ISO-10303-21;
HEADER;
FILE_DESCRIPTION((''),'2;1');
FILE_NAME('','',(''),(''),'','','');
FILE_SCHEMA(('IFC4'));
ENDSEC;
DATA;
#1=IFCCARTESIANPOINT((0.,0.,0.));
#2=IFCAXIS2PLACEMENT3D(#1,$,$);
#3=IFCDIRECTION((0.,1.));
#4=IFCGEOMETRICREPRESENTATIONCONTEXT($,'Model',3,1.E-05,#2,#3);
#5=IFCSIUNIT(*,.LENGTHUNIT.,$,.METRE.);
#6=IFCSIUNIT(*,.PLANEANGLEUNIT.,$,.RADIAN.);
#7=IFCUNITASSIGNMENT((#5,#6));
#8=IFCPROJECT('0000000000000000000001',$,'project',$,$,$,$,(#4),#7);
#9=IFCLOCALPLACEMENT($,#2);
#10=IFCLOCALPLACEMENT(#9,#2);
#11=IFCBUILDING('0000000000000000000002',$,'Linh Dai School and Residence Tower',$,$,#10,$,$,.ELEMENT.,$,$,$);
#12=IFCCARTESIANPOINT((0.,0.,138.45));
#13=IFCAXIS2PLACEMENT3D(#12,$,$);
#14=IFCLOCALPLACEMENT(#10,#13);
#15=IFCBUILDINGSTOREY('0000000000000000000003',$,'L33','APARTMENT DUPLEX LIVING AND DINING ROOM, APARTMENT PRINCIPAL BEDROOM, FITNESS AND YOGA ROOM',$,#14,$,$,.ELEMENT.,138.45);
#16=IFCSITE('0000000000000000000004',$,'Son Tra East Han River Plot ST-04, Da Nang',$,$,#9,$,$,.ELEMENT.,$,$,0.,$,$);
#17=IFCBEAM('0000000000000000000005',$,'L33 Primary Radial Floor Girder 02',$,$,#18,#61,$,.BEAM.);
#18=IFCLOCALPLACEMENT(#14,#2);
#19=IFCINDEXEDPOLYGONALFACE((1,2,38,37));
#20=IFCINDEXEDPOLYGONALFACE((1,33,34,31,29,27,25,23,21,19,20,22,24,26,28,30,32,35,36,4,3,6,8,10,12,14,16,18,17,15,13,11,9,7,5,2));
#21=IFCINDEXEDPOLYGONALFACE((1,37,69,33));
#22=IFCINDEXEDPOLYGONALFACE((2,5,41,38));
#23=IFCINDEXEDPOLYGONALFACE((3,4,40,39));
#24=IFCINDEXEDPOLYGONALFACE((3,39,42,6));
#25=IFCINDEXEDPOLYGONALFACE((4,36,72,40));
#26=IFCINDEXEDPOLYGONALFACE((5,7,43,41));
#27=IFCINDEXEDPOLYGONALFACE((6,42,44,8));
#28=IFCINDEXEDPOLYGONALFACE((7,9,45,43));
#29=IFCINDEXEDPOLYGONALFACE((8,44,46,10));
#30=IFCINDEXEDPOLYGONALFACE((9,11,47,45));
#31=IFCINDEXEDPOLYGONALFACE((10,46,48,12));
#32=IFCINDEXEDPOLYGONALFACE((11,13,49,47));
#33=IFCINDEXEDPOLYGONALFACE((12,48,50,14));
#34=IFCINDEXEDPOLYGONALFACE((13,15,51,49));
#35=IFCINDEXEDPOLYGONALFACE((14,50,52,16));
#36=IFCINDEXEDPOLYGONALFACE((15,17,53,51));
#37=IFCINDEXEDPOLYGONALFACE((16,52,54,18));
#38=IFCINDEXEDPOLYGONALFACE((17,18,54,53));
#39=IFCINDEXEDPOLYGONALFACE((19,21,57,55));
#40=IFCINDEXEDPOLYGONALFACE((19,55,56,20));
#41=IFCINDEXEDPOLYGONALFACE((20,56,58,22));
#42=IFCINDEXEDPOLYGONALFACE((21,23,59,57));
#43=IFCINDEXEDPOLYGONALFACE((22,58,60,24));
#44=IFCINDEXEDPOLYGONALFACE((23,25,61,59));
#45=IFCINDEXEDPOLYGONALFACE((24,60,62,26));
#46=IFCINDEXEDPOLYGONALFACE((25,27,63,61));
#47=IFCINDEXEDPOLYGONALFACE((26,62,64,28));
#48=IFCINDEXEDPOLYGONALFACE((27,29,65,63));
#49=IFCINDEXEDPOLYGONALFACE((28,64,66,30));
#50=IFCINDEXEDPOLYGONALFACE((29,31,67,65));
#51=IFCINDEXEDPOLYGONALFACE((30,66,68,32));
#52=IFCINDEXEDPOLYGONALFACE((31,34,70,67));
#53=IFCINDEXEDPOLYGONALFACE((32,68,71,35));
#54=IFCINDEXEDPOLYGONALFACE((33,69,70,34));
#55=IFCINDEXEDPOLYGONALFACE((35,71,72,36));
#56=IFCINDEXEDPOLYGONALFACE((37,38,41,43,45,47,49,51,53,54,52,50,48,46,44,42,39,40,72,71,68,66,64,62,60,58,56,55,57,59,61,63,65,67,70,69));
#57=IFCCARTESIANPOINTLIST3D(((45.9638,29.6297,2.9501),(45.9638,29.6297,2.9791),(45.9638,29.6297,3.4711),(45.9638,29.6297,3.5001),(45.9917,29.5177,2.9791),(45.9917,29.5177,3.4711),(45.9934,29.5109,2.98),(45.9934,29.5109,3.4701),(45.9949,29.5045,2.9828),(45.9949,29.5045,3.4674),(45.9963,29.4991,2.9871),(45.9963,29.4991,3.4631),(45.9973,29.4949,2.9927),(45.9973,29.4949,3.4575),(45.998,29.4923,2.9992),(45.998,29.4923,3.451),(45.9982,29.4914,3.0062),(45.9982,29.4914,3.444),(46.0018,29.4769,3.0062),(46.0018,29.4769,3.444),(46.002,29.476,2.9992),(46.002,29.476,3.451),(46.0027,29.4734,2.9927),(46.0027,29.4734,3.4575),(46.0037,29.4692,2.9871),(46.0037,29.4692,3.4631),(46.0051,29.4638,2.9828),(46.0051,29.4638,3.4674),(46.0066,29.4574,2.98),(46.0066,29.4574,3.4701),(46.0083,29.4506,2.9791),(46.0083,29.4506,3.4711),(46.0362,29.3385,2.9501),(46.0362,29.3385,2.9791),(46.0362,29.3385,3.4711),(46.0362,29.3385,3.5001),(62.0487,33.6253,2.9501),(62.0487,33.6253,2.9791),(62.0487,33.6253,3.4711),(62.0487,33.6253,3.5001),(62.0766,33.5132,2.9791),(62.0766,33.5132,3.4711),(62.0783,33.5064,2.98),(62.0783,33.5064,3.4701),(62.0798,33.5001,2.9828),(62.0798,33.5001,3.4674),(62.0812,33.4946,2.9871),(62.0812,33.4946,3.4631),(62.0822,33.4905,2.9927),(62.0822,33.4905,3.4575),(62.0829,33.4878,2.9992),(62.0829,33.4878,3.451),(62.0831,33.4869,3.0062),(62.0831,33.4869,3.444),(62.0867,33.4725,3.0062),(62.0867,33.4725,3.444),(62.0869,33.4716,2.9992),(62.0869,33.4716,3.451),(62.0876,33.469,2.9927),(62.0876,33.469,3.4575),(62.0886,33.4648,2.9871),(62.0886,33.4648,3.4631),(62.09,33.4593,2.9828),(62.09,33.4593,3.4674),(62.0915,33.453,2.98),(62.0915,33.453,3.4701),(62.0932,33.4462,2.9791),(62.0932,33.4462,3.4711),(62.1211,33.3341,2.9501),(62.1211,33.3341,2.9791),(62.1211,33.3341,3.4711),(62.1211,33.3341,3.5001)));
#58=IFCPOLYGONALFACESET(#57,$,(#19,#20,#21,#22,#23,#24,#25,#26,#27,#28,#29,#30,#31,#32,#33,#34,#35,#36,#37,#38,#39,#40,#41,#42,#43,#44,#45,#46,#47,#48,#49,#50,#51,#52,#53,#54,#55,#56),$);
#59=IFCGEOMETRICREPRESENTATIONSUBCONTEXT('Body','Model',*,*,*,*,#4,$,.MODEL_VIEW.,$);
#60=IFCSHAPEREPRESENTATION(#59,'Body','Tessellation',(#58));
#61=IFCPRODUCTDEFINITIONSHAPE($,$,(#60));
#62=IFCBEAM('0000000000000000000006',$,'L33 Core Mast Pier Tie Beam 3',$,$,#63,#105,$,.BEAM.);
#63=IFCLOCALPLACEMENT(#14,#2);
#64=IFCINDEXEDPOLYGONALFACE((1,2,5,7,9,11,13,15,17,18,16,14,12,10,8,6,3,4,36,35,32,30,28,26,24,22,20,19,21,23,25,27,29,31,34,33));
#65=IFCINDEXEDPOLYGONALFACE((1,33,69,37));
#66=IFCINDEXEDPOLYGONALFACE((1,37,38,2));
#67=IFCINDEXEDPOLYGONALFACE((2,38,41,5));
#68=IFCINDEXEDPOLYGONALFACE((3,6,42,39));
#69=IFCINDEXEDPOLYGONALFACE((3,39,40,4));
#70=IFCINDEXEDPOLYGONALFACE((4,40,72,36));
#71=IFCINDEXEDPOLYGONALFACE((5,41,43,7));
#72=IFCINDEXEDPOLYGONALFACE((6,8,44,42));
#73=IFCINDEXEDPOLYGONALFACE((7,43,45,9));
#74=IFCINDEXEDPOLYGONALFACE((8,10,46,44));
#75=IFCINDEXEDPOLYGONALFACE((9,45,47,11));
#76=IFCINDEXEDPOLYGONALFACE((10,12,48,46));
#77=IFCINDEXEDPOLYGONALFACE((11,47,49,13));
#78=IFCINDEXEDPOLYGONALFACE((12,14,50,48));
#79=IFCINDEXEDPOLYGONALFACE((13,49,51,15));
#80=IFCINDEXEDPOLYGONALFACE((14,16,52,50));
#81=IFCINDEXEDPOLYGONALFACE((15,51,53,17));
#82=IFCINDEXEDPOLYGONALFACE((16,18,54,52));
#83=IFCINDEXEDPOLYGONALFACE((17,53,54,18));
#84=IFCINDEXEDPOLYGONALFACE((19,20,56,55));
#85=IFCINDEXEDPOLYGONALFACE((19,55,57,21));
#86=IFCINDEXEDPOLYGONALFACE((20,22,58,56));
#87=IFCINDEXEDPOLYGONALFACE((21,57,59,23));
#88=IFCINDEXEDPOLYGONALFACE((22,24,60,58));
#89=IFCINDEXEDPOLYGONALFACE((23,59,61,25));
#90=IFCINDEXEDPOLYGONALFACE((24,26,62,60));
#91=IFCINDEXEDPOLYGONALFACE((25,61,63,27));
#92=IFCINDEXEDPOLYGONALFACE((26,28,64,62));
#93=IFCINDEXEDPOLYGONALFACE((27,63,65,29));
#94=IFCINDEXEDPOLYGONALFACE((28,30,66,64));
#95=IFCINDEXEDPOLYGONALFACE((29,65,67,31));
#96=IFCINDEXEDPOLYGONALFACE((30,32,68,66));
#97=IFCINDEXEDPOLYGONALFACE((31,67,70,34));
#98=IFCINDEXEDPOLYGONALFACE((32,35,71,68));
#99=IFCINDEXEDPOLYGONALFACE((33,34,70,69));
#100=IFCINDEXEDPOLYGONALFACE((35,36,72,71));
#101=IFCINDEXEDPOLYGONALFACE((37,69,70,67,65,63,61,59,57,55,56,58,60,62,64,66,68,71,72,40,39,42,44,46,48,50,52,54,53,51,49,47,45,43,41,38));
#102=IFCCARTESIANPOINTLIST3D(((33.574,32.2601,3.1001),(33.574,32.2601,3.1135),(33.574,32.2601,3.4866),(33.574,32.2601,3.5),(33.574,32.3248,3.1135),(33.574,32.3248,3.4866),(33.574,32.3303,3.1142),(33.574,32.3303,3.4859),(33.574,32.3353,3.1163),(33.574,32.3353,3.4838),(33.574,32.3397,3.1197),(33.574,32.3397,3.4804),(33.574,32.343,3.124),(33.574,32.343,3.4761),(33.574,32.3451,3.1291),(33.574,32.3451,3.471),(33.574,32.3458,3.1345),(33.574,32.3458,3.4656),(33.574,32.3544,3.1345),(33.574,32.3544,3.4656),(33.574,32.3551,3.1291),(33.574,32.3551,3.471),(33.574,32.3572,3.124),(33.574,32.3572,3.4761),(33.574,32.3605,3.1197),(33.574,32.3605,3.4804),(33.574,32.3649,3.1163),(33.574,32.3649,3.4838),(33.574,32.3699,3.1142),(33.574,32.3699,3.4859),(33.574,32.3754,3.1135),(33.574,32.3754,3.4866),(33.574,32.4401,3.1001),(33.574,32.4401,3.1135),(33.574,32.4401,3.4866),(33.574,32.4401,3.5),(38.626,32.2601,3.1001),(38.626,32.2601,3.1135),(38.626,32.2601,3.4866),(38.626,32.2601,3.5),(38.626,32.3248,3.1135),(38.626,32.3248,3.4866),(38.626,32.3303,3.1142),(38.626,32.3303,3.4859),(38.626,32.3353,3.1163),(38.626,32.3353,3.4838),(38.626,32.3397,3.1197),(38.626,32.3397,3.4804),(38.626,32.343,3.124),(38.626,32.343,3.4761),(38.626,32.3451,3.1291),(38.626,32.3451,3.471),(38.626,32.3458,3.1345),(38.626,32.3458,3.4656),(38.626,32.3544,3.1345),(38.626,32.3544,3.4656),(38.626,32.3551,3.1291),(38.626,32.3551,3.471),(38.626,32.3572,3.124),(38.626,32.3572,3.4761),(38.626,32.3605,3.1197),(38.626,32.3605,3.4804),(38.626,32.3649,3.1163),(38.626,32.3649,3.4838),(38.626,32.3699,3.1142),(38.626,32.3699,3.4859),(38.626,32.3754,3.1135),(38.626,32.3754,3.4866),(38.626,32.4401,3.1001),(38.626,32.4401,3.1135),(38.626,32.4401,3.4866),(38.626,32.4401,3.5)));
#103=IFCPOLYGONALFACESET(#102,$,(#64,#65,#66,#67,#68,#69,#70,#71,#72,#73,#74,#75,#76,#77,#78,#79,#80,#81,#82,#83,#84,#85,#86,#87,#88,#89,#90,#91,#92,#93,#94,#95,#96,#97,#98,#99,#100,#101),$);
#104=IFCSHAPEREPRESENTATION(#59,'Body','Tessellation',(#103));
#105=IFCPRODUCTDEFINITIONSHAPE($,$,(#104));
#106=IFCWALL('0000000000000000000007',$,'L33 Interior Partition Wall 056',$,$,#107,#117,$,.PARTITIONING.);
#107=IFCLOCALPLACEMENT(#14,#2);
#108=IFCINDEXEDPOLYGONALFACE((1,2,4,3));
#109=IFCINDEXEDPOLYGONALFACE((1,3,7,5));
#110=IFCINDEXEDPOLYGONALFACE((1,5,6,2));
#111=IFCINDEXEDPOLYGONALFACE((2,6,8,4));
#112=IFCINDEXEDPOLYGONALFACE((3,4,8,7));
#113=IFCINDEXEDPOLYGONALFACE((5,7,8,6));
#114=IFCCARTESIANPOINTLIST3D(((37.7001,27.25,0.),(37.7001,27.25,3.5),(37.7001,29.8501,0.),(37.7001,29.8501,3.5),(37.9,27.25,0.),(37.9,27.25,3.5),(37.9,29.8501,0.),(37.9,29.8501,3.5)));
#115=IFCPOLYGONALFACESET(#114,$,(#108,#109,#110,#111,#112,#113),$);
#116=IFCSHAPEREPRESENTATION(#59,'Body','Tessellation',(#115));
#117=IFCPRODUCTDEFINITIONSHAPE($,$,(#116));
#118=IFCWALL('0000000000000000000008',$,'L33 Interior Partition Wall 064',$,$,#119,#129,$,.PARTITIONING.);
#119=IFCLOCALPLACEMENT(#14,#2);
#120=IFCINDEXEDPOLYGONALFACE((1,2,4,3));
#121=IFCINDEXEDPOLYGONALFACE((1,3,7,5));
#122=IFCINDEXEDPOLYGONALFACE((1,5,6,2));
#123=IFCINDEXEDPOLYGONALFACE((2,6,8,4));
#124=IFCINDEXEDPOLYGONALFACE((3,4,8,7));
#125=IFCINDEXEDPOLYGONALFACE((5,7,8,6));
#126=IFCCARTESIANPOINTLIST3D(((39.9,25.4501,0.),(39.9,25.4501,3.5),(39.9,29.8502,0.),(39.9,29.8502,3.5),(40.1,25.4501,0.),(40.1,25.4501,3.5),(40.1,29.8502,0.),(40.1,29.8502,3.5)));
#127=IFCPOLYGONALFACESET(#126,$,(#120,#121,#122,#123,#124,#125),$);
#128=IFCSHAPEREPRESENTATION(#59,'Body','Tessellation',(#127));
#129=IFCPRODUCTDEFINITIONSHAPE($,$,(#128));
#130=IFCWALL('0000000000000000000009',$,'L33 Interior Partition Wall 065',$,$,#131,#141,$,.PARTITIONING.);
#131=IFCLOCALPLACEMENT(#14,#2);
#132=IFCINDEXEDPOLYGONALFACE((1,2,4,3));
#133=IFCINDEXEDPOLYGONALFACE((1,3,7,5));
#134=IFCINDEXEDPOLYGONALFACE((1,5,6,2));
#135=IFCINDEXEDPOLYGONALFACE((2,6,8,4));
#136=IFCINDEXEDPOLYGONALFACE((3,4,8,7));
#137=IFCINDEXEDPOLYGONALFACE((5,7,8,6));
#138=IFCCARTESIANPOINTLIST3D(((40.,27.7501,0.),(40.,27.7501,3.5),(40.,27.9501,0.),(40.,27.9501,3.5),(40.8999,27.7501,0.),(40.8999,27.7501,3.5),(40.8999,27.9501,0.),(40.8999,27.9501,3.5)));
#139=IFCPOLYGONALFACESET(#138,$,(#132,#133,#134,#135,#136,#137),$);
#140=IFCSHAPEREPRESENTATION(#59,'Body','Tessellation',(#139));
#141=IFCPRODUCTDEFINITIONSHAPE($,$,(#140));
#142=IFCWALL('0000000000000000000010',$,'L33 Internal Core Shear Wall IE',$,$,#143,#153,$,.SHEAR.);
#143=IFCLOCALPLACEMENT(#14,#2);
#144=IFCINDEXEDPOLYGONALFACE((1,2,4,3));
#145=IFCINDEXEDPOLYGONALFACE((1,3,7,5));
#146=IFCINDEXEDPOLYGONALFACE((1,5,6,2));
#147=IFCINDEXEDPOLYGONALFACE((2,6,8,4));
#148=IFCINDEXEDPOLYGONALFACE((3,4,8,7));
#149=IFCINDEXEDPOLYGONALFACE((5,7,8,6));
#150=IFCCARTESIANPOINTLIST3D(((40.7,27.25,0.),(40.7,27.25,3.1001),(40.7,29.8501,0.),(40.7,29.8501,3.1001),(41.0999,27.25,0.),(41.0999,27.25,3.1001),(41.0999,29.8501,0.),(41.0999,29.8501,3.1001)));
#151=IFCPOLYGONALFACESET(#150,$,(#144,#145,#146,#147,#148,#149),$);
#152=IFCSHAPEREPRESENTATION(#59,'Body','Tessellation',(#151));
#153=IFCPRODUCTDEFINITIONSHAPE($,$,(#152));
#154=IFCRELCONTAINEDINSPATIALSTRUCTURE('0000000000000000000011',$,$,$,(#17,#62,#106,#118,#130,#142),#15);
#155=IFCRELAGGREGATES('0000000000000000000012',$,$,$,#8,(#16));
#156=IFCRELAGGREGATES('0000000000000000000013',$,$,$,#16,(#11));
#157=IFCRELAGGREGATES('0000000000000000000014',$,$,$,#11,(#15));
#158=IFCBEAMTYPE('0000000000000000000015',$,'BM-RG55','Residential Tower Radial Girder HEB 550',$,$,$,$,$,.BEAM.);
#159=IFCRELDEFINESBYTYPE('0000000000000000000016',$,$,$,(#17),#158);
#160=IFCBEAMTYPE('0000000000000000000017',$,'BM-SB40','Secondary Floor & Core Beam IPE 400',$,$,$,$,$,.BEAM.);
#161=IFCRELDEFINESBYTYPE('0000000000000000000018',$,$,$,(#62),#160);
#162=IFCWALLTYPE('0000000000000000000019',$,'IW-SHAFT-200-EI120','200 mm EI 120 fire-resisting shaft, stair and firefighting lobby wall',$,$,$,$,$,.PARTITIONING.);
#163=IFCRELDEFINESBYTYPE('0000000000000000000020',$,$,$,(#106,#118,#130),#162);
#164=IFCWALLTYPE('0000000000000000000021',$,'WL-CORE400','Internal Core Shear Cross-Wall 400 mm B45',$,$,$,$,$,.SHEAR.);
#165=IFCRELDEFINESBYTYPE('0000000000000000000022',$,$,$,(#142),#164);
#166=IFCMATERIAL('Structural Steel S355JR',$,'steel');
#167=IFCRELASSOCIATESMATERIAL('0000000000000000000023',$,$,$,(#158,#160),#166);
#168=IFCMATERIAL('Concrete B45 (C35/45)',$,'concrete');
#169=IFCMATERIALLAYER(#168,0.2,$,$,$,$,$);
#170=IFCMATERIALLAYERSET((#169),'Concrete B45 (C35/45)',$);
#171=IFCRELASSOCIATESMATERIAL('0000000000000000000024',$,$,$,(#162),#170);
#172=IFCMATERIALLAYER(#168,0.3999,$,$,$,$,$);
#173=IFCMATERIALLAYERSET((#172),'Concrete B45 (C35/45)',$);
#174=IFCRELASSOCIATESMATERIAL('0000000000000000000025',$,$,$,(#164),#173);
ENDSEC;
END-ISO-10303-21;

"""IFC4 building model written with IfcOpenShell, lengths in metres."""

from ifc_helpers import new_model, si_unit, direction, frame, frame_2d, origin, origin_2d, place, context, subcontext, project, spatial, rectangle, i_section, extrude, material, layer, layer_set, material_profile, profile_set, type_object, element, save


model = new_model("IFC4")

# Units and contexts
model_context = context("Model", 3, precision=1e-05, world=origin(), true_north=direction((0.0, 1.0)))
body_context = subcontext(model_context, "Body", "Model", "MODEL_VIEW")
ifc_project = project(units=[si_unit("LENGTHUNIT", "METRE"), si_unit("PLANEANGLEUNIT", "RADIAN")], contexts=[model_context])

# Site, building, storey
site_placement = place(None, origin())
site = spatial("IfcSite", under=ifc_project, at=site_placement, Name="Son Tra East Han River Plot ST-04, Da Nang", CompositionType="ELEMENT", RefElevation=0.0)
building_placement = place(site_placement, origin())
building = spatial("IfcBuilding", under=site, at=building_placement, Name="Linh Dai School and Residence Tower", CompositionType="ELEMENT")
storey_placement = place(building_placement, frame((0.0, 0.0, 138.45)))
storey = spatial("IfcBuildingStorey", under=building, at=storey_placement, Name="L33", Description="APARTMENT DUPLEX LIVING AND DINING ROOM, APARTMENT PRINCIPAL BEDROOM, FITNESS AND YOGA ROOM", CompositionType="ELEMENT", Elevation=138.45)

# Shared definitions
ifc_material_1 = material(Name="Structural Steel S355JR", Category="steel")

# Beams
ifc_material_profile_1 = material_profile(ifc_material_1, i_section(OverallWidth=0.3, OverallDepth=0.55, WebThickness=0.0149, FlangeThickness=0.0291, FilletRadius=0.0271, at=origin_2d()), Name="HEB 550")
ifc_profile_set_1 = profile_set([ifc_material_profile_1], Name="Structural Steel S355JR")
beam_type_1 = type_object("IfcBeamType", Name="BM-RG55", Description="Residential Tower Radial Girder HEB 550", PredefinedType="BEAM", material=ifc_profile_set_1)
beam_1_placement = place(storey_placement, frame((46.0, 29.4841, 3.2251), z_axis=(0.970505, 0.24108, 0.0), x_axis=(-0.24108, 0.970505, 0.0)))
element("IfcBeam", 1, at=beam_1_placement, inside=storey, type_object=beam_type_1, Name="L33 Primary Radial Floor Girder 02", PredefinedType="BEAM", context=body_context, shape_type="SweptSolid", body=[
    extrude(i_section(OverallWidth=0.3, OverallDepth=0.55, WebThickness=0.0149, FlangeThickness=0.0291, FilletRadius=0.0271, at=origin_2d()), origin(), (0.0, 0.0, 1.0), 16.5737),
])
ifc_material_profile_2 = material_profile(ifc_material_1, i_section(OverallWidth=0.1799, OverallDepth=0.3999, WebThickness=0.0085, FlangeThickness=0.0134, FilletRadius=0.021, at=origin_2d()), Name="IPE 400")
ifc_profile_set_2 = profile_set([ifc_material_profile_2], Name="Structural Steel S355JR")
beam_type_2 = type_object("IfcBeamType", Name="BM-SB40", Description="Secondary Floor & Core Beam IPE 400", PredefinedType="BEAM", material=ifc_profile_set_2)
beam_2_placement = place(storey_placement, frame((38.626, 32.3501, 3.3), z_axis=(-1.0, 0.0, 0.0), x_axis=(0.0, -1.0, 0.0)))
element("IfcBeam", 2, at=beam_2_placement, inside=storey, type_object=beam_type_2, Name="L33 Core Mast Pier Tie Beam 3", PredefinedType="BEAM", context=body_context, shape_type="SweptSolid", body=[
    extrude(i_section(OverallWidth=0.1799, OverallDepth=0.3999, WebThickness=0.0085, FlangeThickness=0.0134, FilletRadius=0.021, at=origin_2d()), origin(), (0.0, 0.0, 1.0), 5.052),
])

# Walls
ifc_material_2 = material(Name="Concrete B45 (C35/45)", Category="concrete")
ifc_layer_1 = layer(ifc_material_2, 0.2)
ifc_layer_set_1 = layer_set([ifc_layer_1], Name="Concrete B45 (C35/45)")
wall_type_1 = type_object("IfcWallType", Name="IW-SHAFT-200-EI120", Description="200 mm EI 120 fire-resisting shaft, stair and firefighting lobby wall", PredefinedType="PARTITIONING", material=ifc_layer_set_1)
wall_1_placement = place(storey_placement, frame((37.8, 27.25, 0.0), z_axis=(0.0, 0.0, 1.0), x_axis=(0.0, 1.0, 0.0)))
element("IfcWall", 3, at=wall_1_placement, inside=storey, type_object=wall_type_1, Name="L33 Interior Partition Wall 056", PredefinedType="PARTITIONING", context=body_context, shape_type="SweptSolid", body=[
    extrude(rectangle(XDim=2.6001, YDim=0.2, at=frame_2d((1.3, 0.0))), origin(), (0.0, 0.0, 1.0), 3.5),
])
wall_2_placement = place(storey_placement, frame((40.0, 25.45, 0.0), z_axis=(0.0, 0.0, 1.0), x_axis=(0.0, 1.0, 0.0)))
element("IfcWall", 4, at=wall_2_placement, inside=storey, type_object=wall_type_1, Name="L33 Interior Partition Wall 064", PredefinedType="PARTITIONING", context=body_context, shape_type="SweptSolid", body=[
    extrude(rectangle(XDim=4.4001, YDim=0.2, at=frame_2d((2.2002, 0.0))), origin(), (0.0, 0.0, 1.0), 3.5),
])
wall_3_placement = place(storey_placement, frame((40.0, 27.8501, 0.0), z_axis=(0.0, 0.0, 1.0), x_axis=(1.0, 0.0, 0.0)))
element("IfcWall", 5, at=wall_3_placement, inside=storey, type_object=wall_type_1, Name="L33 Interior Partition Wall 065", PredefinedType="PARTITIONING", context=body_context, shape_type="SweptSolid", body=[
    extrude(rectangle(XDim=0.8999, YDim=0.2, at=frame_2d((0.45, 0.0))), origin(), (0.0, 0.0, 1.0), 3.5),
])
ifc_layer_2 = layer(ifc_material_2, 0.3999)
ifc_layer_set_2 = layer_set([ifc_layer_2], Name="Concrete B45 (C35/45)")
wall_type_2 = type_object("IfcWallType", Name="WL-CORE400", Description="Internal Core Shear Cross-Wall 400 mm B45", PredefinedType="SHEAR", material=ifc_layer_set_2)
wall_4_placement = place(storey_placement, frame((40.8999, 27.25, 0.0), z_axis=(0.0, 0.0, 1.0), x_axis=(0.0, 1.0, 0.0)))
element("IfcWall", 6, at=wall_4_placement, inside=storey, type_object=wall_type_2, Name="L33 Internal Core Shear Wall IE", PredefinedType="SHEAR", context=body_context, shape_type="SweptSolid", body=[
    extrude(rectangle(XDim=2.6001, YDim=0.3999, at=frame_2d((1.3, 0.0))), origin(), (0.0, 0.0, 1.0), 3.1001),
])

save(model, "model.ifc")
